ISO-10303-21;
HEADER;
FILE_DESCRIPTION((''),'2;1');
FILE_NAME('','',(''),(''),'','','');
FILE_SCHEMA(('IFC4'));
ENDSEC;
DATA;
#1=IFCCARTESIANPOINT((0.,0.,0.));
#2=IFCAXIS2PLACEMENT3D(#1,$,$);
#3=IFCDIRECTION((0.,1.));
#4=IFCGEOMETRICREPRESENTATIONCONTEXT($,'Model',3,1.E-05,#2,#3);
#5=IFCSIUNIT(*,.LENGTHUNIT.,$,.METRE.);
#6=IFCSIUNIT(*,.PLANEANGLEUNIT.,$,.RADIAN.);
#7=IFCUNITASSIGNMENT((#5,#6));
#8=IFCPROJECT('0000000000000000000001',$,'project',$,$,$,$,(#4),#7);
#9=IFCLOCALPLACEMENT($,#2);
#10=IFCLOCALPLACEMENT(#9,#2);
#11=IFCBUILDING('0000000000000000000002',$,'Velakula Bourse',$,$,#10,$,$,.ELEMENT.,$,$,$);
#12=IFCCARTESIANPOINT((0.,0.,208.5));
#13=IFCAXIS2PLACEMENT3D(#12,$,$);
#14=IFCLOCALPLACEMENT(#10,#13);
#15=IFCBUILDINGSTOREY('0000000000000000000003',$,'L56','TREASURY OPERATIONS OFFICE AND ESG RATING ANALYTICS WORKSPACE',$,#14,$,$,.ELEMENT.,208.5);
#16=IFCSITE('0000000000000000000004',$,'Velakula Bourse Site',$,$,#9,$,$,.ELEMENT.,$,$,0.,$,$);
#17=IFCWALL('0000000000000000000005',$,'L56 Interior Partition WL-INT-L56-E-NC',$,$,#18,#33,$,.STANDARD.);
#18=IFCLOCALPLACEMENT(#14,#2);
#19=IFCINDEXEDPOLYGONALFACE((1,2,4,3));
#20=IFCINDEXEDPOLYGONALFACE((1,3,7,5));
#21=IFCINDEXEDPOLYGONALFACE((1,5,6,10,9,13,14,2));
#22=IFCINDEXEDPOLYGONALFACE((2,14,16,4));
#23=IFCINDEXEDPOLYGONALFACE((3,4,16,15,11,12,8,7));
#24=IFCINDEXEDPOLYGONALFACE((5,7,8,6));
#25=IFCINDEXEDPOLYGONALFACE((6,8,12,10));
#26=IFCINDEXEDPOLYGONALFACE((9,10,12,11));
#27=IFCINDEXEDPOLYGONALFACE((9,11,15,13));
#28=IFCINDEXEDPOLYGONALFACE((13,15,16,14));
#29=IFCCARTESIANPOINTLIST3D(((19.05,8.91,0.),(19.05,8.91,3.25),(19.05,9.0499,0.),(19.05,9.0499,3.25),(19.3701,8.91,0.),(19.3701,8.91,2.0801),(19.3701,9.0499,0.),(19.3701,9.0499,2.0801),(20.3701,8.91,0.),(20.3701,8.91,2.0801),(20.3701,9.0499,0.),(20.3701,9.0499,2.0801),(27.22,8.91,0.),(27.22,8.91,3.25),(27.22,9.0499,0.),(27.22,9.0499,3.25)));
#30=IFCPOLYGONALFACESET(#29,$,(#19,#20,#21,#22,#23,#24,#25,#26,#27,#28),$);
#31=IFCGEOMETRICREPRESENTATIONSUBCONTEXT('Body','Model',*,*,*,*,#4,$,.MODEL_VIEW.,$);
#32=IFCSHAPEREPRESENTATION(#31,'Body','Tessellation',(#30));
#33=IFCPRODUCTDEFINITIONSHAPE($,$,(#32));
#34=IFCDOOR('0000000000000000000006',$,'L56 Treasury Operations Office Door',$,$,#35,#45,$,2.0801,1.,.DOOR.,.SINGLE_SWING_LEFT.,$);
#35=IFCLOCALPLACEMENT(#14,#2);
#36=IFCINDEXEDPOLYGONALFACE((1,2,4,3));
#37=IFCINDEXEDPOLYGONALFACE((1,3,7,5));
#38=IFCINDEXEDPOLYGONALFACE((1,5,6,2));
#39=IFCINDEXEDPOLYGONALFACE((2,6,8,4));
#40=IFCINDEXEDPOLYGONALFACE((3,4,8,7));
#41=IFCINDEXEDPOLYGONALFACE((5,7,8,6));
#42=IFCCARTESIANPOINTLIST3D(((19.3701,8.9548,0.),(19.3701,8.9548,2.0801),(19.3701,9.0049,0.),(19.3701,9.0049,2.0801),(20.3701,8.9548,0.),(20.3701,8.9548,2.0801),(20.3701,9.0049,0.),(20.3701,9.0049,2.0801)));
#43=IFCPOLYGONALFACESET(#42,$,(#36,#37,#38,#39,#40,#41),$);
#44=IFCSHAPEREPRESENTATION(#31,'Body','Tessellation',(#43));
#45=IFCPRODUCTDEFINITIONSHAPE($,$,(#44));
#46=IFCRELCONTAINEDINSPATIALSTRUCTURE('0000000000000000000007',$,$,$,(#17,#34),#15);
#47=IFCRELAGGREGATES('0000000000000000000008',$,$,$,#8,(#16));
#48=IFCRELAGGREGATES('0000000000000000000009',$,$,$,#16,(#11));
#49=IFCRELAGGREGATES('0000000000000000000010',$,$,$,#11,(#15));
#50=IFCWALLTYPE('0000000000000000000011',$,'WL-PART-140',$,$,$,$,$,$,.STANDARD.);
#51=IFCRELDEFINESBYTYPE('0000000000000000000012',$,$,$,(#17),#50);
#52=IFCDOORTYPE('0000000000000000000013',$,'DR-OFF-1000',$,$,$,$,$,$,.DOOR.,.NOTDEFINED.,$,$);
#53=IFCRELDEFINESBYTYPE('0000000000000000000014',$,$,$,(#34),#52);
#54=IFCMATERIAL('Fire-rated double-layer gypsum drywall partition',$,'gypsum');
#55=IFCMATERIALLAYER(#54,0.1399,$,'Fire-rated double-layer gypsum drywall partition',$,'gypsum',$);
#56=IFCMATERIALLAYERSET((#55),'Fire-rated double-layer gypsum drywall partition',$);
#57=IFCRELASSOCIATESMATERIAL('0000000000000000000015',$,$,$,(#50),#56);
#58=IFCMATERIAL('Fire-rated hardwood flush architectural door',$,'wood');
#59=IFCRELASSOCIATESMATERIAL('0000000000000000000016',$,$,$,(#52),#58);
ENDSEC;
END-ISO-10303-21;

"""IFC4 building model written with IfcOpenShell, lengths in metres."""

from ifc_helpers import new_model, si_unit, direction, frame, frame_2d, origin, place, context, subcontext, project, spatial, rectangle, extrude, material, layer, layer_set, type_object, element, fill, save


model = new_model("IFC4")

# Units and contexts
model_context = context("Model", 3, precision=1e-05, world=origin(), true_north=direction((0.0, 1.0)))
body_context = subcontext(model_context, "Body", "Model", "MODEL_VIEW")
ifc_project = project(units=[si_unit("LENGTHUNIT", "METRE"), si_unit("PLANEANGLEUNIT", "RADIAN")], contexts=[model_context])

# Site, building, storey
site_placement = place(None, origin())
site = spatial("IfcSite", under=ifc_project, at=site_placement, Name="Velakula Bourse Site", CompositionType="ELEMENT", RefElevation=0.0)
building_placement = place(site_placement, origin())
building = spatial("IfcBuilding", under=site, at=building_placement, Name="Velakula Bourse", CompositionType="ELEMENT")
storey_placement = place(building_placement, frame((0.0, 0.0, 208.5)))
storey = spatial("IfcBuildingStorey", under=building, at=storey_placement, Name="L56", Description="TREASURY OPERATIONS OFFICE AND ESG RATING ANALYTICS WORKSPACE", CompositionType="ELEMENT", Elevation=208.5)

# Wall, opening, door
ifc_material_1 = material(Name="Fire-rated double-layer gypsum drywall partition", Category="gypsum")
ifc_layer = layer(ifc_material_1, 0.1399, Name="Fire-rated double-layer gypsum drywall partition", Category="gypsum")
ifc_layer_set = layer_set([ifc_layer], Name="Fire-rated double-layer gypsum drywall partition")
wall_type = type_object("IfcWallType", Name="WL-PART-140", PredefinedType="STANDARD", material=ifc_layer_set)
wall_placement = place(storey_placement, frame((19.05, 8.98, 0.0), z_axis=(0.0, 0.0, 1.0), x_axis=(1.0, 0.0, 0.0)))
wall = element("IfcWall", 1, at=wall_placement, inside=storey, type_object=wall_type, Name="L56 Interior Partition WL-INT-L56-E-NC", PredefinedType="STANDARD", context=body_context, shape_type="SweptSolid", body=[
    extrude(rectangle(XDim=8.1699, YDim=0.1399, at=frame_2d((4.085, 0.0))), origin(), (0.0, 0.0, 1.0), 3.25),
])
opening_placement = place(wall_placement, frame((0.3201, 0.0, 0.0)))
opening = element("IfcOpeningElement", 2, at=opening_placement, cuts=wall, PredefinedType="OPENING", context=body_context, shape_type="SweptSolid", body=[
    extrude(rectangle(XDim=1.0, YDim=2.0801, at=frame_2d((0.5, 1.04))), frame((0.0, 0.0798, 0.0), z_axis=(0.0, -1.0, 0.0), x_axis=(1.0, 0.0, 0.0)), (0.0, 0.0, 1.0), 0.1599),
])
ifc_material_2 = material(Name="Fire-rated hardwood flush architectural door", Category="wood")
door_type = type_object("IfcDoorType", Name="DR-OFF-1000", OperationType="NOTDEFINED", PredefinedType="DOOR", material=ifc_material_2)
door_placement = place(opening_placement, origin())
door = element("IfcDoor", 3, at=door_placement, inside=storey, type_object=door_type, Name="L56 Treasury Operations Office Door", OperationType="SINGLE_SWING_LEFT", OverallHeight=2.0801, OverallWidth=1.0, PredefinedType="DOOR", context=body_context, shape_type="SweptSolid", body=[
    extrude(rectangle(XDim=1.0, YDim=2.0801, at=frame_2d((0.5, 1.04))), frame((0.0, 0.0249, 0.0), z_axis=(0.0, -1.0, 0.0), x_axis=(1.0, 0.0, 0.0)), (0.0, 0.0, 1.0), 0.05),
])
fill(opening, door)

save(model, "model.ifc")
